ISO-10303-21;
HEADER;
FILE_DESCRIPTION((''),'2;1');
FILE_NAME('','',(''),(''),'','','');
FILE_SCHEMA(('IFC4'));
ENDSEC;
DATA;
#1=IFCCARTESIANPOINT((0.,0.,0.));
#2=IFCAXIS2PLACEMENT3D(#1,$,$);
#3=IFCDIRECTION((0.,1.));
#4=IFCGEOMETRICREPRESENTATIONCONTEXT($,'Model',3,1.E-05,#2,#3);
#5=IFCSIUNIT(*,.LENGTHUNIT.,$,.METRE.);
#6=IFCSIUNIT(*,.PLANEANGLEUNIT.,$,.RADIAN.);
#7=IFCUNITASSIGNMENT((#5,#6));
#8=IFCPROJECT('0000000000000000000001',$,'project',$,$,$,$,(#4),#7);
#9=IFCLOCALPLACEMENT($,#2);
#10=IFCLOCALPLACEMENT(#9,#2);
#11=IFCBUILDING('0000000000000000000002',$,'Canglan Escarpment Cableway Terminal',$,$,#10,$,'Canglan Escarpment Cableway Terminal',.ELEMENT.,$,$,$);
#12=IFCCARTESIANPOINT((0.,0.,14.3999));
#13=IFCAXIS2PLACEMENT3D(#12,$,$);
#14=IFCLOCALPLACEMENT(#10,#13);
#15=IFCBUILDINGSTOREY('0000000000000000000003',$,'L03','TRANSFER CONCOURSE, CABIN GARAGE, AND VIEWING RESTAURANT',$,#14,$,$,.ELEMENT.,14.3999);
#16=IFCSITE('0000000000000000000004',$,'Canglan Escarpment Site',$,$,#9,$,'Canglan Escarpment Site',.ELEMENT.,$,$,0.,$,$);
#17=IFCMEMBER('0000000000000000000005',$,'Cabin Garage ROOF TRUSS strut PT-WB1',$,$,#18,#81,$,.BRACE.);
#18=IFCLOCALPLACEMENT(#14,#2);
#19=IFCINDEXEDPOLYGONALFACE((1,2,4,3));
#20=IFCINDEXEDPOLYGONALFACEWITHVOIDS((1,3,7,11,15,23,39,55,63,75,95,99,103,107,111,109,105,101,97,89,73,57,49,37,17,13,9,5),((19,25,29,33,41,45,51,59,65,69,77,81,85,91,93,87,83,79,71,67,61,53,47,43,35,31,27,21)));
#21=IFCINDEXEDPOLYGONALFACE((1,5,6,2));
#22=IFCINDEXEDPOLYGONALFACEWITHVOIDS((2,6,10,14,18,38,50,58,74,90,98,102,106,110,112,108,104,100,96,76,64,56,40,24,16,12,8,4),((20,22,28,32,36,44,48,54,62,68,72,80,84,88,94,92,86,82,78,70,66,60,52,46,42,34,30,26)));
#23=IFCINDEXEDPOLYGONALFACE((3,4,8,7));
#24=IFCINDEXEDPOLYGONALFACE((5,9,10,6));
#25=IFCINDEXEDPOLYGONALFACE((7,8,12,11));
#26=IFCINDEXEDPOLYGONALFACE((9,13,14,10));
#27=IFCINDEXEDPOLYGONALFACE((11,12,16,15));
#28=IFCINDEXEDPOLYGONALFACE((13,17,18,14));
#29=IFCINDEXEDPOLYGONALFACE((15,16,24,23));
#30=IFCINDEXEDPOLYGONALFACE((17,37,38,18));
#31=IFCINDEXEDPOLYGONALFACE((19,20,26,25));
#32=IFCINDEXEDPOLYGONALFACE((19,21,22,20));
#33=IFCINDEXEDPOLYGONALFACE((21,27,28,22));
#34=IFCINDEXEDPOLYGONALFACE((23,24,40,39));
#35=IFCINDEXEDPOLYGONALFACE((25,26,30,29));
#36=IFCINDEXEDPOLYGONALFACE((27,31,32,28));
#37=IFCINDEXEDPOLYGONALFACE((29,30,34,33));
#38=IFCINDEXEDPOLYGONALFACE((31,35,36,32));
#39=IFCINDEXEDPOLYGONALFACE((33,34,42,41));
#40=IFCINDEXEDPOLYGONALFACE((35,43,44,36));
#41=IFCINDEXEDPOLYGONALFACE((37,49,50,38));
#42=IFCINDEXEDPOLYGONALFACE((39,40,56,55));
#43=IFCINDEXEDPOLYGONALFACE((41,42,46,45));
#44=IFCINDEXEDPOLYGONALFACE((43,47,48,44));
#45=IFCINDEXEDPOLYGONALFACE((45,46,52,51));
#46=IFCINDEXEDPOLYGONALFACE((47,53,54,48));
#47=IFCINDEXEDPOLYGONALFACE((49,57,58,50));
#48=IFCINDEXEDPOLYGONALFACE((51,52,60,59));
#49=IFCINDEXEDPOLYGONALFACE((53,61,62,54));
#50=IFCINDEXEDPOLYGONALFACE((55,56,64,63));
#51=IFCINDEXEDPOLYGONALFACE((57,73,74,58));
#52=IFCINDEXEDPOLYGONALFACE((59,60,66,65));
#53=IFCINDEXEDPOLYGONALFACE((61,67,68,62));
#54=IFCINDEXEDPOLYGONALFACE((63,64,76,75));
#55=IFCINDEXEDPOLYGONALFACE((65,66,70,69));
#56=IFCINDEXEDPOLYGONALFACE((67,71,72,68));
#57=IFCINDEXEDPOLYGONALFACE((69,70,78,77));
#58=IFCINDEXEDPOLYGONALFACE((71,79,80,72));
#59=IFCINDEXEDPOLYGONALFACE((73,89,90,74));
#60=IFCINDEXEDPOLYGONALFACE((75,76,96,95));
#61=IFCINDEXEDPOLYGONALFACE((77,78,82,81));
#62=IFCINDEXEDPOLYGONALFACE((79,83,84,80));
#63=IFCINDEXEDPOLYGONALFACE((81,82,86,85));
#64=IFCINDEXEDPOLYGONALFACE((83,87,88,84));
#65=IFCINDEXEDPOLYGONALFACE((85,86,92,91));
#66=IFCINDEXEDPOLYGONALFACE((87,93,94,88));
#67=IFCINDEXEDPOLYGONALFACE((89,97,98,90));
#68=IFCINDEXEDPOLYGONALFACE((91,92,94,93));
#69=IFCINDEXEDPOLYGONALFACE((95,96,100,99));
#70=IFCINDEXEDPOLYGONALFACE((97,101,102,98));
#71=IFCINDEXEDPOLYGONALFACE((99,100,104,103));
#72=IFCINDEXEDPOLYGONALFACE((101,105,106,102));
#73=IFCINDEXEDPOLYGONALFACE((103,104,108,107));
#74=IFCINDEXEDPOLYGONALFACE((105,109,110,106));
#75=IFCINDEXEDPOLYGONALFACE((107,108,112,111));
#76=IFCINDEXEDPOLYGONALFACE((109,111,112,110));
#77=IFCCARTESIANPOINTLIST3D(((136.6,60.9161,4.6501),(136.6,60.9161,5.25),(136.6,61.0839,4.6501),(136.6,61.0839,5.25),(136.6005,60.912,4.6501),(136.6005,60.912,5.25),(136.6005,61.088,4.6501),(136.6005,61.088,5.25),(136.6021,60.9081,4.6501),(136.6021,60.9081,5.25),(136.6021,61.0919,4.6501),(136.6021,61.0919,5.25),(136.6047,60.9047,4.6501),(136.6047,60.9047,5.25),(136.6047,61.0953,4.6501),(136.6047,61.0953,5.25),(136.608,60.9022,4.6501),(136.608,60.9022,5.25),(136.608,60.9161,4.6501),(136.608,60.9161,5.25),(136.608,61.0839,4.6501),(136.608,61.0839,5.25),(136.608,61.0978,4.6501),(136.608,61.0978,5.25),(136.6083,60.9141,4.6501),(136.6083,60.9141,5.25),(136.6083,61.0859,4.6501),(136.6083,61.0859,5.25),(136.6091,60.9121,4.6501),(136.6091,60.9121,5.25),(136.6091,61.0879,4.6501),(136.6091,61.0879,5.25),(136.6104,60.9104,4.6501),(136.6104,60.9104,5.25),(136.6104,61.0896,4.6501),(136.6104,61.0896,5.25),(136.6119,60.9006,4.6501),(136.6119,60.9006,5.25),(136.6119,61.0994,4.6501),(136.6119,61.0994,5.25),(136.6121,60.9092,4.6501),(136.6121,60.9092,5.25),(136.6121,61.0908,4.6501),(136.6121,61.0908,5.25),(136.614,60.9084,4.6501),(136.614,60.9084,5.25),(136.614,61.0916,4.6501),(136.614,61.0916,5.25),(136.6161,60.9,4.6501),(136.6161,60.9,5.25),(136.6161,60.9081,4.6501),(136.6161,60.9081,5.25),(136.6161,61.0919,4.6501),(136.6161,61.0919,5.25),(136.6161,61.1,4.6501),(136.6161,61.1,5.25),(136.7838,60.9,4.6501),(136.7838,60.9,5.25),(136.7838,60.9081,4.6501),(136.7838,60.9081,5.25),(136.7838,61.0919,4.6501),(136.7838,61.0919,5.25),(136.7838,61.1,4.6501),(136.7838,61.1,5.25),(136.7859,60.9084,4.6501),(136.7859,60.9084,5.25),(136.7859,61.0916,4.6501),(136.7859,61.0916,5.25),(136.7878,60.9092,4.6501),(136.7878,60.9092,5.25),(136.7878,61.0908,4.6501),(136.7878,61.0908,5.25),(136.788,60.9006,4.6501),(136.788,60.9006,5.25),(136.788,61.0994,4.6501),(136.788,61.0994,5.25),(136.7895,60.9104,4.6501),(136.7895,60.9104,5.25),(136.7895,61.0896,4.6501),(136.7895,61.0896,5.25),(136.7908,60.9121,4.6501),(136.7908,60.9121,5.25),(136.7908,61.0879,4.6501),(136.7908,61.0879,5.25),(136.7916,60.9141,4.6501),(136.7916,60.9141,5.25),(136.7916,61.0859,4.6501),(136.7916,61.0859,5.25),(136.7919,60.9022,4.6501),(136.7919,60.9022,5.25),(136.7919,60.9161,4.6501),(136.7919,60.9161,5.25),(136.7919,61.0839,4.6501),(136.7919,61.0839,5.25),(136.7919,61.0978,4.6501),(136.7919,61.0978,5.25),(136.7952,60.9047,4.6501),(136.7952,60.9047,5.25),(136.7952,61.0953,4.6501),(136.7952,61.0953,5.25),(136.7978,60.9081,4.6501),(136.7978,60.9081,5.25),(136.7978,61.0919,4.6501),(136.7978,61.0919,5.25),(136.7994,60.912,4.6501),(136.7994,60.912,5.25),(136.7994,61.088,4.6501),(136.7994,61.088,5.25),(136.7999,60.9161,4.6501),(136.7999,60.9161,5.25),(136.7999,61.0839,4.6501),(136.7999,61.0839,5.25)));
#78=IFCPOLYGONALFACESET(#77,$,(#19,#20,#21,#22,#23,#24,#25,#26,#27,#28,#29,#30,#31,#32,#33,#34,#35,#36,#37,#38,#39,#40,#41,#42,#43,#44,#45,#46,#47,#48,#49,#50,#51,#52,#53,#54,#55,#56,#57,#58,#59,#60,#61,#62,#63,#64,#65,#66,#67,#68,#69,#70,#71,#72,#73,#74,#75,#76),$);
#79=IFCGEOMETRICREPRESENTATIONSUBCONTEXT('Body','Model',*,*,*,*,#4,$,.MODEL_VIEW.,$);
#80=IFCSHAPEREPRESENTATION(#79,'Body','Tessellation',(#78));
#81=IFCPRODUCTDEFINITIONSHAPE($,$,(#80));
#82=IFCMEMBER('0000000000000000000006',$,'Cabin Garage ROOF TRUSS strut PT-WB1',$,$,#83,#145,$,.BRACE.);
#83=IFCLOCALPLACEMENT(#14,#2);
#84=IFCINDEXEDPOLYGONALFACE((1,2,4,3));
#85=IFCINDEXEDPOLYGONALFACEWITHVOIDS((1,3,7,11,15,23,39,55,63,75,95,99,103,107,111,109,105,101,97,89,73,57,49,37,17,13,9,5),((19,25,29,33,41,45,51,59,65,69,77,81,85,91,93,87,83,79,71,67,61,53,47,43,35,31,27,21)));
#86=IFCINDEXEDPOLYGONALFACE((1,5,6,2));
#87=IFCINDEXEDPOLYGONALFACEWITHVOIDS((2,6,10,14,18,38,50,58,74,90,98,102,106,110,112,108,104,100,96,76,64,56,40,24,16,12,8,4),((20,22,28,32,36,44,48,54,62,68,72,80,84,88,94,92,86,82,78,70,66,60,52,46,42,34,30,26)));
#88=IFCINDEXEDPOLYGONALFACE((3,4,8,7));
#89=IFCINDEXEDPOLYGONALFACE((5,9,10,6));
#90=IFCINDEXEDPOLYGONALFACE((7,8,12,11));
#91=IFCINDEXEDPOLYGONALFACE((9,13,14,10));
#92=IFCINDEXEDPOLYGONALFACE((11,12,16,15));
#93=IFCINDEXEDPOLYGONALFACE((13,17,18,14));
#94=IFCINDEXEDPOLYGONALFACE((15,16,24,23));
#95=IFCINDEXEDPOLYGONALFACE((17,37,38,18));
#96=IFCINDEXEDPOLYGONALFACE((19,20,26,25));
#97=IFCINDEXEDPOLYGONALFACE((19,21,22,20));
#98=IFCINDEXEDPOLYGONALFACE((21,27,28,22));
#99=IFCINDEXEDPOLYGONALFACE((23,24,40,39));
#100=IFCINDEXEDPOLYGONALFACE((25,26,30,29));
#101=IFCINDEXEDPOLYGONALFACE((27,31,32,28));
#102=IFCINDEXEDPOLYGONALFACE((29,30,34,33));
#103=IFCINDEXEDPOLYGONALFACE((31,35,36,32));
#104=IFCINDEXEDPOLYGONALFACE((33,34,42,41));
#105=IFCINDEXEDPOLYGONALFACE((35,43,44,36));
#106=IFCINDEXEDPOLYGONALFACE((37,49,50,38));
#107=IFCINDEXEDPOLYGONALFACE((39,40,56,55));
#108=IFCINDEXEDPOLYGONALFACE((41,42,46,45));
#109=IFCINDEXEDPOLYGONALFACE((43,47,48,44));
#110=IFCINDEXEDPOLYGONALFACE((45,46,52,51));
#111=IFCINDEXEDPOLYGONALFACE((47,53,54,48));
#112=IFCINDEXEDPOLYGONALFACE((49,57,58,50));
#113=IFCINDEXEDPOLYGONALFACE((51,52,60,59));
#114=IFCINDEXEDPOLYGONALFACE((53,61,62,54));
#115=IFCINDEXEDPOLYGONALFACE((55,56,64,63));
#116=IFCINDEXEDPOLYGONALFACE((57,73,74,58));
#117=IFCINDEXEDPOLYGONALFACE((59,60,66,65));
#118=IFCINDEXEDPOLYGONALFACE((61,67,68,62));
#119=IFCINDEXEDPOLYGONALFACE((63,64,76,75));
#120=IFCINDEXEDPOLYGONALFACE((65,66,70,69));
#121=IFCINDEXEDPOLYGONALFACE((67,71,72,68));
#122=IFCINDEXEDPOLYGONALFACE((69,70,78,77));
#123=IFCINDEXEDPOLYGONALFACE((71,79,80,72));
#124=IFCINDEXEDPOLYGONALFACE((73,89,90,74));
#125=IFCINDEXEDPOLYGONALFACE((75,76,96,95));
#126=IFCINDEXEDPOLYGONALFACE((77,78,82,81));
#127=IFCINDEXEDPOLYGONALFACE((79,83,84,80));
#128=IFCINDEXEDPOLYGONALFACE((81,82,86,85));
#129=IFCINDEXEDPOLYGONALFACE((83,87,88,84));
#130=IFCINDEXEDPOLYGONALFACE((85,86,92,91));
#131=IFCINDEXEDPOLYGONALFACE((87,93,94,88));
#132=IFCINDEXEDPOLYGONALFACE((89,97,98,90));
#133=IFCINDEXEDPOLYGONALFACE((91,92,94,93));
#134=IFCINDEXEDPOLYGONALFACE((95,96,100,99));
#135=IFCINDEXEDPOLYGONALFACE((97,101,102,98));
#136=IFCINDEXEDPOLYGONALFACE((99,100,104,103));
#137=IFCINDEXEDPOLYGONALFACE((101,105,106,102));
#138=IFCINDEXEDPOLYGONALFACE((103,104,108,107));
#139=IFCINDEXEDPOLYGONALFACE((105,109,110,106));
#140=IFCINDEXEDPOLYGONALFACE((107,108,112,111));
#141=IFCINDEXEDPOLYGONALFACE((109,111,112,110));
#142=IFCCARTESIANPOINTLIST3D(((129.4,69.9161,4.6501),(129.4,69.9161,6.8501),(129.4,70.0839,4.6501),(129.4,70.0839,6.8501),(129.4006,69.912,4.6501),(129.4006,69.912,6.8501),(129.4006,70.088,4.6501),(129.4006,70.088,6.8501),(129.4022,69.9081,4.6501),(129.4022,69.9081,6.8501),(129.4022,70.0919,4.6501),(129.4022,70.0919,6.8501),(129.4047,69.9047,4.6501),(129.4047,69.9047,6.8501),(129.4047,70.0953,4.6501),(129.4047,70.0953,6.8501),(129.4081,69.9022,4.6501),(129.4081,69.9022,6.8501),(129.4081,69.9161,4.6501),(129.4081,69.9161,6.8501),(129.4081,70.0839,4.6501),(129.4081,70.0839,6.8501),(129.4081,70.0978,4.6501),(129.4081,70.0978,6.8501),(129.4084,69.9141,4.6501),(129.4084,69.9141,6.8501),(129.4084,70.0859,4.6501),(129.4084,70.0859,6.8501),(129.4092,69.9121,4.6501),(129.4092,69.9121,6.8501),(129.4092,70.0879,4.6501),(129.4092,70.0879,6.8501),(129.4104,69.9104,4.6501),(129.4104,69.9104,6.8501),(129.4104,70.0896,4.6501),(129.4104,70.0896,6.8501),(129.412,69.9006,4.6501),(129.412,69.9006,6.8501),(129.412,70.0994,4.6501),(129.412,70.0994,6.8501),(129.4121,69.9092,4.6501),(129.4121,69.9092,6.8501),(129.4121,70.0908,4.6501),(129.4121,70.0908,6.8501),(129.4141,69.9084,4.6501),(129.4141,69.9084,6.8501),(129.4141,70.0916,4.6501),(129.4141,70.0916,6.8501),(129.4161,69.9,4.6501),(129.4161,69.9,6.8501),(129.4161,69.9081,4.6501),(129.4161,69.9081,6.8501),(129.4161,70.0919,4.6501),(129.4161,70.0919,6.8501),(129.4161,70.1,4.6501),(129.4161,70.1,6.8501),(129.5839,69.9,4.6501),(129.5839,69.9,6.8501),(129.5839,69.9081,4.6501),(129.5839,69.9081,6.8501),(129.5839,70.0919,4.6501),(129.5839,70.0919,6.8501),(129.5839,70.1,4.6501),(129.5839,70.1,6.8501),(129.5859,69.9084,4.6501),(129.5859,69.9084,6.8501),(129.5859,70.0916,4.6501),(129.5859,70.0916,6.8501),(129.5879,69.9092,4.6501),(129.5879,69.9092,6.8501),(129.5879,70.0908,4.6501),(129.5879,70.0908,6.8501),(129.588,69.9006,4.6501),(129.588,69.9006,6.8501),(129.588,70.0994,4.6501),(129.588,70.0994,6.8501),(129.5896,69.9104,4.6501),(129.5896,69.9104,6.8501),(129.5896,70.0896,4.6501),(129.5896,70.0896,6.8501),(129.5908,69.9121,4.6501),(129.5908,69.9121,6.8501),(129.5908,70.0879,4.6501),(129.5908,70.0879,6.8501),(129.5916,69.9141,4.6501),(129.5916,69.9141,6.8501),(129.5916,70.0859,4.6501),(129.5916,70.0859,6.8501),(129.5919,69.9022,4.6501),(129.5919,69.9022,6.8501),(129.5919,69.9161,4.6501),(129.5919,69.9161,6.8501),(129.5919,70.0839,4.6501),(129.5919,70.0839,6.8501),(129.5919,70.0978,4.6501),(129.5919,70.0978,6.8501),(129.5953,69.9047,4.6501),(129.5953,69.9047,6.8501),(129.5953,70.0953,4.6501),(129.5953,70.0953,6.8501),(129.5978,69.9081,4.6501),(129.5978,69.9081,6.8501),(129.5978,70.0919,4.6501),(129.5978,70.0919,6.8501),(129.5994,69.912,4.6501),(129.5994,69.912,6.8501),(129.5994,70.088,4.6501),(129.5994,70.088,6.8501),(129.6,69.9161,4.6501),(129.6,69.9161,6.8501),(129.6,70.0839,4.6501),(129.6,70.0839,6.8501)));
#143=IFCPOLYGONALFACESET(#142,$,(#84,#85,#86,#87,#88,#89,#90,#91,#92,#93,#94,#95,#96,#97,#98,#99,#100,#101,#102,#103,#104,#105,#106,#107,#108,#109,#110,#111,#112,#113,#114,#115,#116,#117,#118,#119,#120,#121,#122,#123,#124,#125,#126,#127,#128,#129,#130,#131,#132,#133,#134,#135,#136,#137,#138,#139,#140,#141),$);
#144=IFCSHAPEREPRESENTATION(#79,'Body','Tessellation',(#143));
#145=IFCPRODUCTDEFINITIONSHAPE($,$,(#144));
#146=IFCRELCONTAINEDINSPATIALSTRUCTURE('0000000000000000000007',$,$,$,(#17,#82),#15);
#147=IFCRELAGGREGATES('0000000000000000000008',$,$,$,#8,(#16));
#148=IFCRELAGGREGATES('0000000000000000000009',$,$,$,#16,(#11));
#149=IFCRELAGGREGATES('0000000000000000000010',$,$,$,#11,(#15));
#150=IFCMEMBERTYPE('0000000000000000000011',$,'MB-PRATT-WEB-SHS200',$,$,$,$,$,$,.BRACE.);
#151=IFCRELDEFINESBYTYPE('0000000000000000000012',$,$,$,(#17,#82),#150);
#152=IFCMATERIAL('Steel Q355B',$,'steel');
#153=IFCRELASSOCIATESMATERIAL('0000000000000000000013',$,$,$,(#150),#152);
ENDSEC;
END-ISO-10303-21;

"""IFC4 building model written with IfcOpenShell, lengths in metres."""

from ifc_helpers import new_model, si_unit, direction, frame, origin, origin_2d, place, context, subcontext, project, spatial, hollow_rectangle, extrude, material, material_profile, profile_set, type_object, element, save


model = new_model("IFC4")

# Units and contexts
model_context = context("Model", 3, precision=1e-05, world=origin(), true_north=direction((0.0, 1.0)))
body_context = subcontext(model_context, "Body", "Model", "MODEL_VIEW")
ifc_project = project(units=[si_unit("LENGTHUNIT", "METRE"), si_unit("PLANEANGLEUNIT", "RADIAN")], contexts=[model_context])

# Site, building, storey
site_placement = place(None, origin())
site = spatial("IfcSite", under=ifc_project, at=site_placement, Name="Canglan Escarpment Site", LongName="Canglan Escarpment Site", CompositionType="ELEMENT", RefElevation=0.0)
building_placement = place(site_placement, origin())
building = spatial("IfcBuilding", under=site, at=building_placement, Name="Canglan Escarpment Cableway Terminal", LongName="Canglan Escarpment Cableway Terminal", CompositionType="ELEMENT")
storey_placement = place(building_placement, frame((0.0, 0.0, 14.3999)))
storey = spatial("IfcBuildingStorey", under=building, at=storey_placement, Name="L03", Description="TRANSFER CONCOURSE, CABIN GARAGE, AND VIEWING RESTAURANT", CompositionType="ELEMENT", Elevation=14.3999)

# Shared definitions
ifc_material_1 = material(Name="Steel Q355B", Category="steel")

# Members
ifc_material_profile_1 = material_profile(ifc_material_1, hollow_rectangle(XDim=0.2, YDim=0.2, WallThickness=0.0081, InnerFilletRadius=0.0081, OuterFilletRadius=0.0161, at=origin_2d()), Name="SHS 200x200x8")
ifc_profile_set_1 = profile_set([ifc_material_profile_1], Name="Steel Q355B")
member_type_1 = type_object("IfcMemberType", Name="MB-PRATT-WEB-SHS200", PredefinedType="BRACE", material=ifc_profile_set_1)
member_1_placement = place(storey_placement, frame((136.7, 61.0, 4.6501), z_axis=(0.0, 0.0, 1.0), x_axis=(1.0, 0.0, 0.0)))
element("IfcMember", 1, at=member_1_placement, inside=storey, type_object=member_type_1, Name="Cabin Garage ROOF TRUSS strut PT-WB1", PredefinedType="BRACE", context=body_context, shape_type="SweptSolid", body=[
    extrude(hollow_rectangle(XDim=0.2, YDim=0.2, WallThickness=0.0081, InnerFilletRadius=0.0081, OuterFilletRadius=0.0161, at=origin_2d()), origin(), (0.0, 0.0, 1.0), 0.5999),
])
member_2_placement = place(storey_placement, frame((129.5, 70.0, 4.6501), z_axis=(0.0, 0.0, 1.0), x_axis=(1.0, 0.0, 0.0)))
element("IfcMember", 2, at=member_2_placement, inside=storey, type_object=member_type_1, Name="Cabin Garage ROOF TRUSS strut PT-WB1", PredefinedType="BRACE", context=body_context, shape_type="SweptSolid", body=[
    extrude(hollow_rectangle(XDim=0.2, YDim=0.2, WallThickness=0.0081, InnerFilletRadius=0.0081, OuterFilletRadius=0.0161, at=origin_2d()), origin(), (0.0, 0.0, 1.0), 2.2),
])

save(model, "model.ifc")
